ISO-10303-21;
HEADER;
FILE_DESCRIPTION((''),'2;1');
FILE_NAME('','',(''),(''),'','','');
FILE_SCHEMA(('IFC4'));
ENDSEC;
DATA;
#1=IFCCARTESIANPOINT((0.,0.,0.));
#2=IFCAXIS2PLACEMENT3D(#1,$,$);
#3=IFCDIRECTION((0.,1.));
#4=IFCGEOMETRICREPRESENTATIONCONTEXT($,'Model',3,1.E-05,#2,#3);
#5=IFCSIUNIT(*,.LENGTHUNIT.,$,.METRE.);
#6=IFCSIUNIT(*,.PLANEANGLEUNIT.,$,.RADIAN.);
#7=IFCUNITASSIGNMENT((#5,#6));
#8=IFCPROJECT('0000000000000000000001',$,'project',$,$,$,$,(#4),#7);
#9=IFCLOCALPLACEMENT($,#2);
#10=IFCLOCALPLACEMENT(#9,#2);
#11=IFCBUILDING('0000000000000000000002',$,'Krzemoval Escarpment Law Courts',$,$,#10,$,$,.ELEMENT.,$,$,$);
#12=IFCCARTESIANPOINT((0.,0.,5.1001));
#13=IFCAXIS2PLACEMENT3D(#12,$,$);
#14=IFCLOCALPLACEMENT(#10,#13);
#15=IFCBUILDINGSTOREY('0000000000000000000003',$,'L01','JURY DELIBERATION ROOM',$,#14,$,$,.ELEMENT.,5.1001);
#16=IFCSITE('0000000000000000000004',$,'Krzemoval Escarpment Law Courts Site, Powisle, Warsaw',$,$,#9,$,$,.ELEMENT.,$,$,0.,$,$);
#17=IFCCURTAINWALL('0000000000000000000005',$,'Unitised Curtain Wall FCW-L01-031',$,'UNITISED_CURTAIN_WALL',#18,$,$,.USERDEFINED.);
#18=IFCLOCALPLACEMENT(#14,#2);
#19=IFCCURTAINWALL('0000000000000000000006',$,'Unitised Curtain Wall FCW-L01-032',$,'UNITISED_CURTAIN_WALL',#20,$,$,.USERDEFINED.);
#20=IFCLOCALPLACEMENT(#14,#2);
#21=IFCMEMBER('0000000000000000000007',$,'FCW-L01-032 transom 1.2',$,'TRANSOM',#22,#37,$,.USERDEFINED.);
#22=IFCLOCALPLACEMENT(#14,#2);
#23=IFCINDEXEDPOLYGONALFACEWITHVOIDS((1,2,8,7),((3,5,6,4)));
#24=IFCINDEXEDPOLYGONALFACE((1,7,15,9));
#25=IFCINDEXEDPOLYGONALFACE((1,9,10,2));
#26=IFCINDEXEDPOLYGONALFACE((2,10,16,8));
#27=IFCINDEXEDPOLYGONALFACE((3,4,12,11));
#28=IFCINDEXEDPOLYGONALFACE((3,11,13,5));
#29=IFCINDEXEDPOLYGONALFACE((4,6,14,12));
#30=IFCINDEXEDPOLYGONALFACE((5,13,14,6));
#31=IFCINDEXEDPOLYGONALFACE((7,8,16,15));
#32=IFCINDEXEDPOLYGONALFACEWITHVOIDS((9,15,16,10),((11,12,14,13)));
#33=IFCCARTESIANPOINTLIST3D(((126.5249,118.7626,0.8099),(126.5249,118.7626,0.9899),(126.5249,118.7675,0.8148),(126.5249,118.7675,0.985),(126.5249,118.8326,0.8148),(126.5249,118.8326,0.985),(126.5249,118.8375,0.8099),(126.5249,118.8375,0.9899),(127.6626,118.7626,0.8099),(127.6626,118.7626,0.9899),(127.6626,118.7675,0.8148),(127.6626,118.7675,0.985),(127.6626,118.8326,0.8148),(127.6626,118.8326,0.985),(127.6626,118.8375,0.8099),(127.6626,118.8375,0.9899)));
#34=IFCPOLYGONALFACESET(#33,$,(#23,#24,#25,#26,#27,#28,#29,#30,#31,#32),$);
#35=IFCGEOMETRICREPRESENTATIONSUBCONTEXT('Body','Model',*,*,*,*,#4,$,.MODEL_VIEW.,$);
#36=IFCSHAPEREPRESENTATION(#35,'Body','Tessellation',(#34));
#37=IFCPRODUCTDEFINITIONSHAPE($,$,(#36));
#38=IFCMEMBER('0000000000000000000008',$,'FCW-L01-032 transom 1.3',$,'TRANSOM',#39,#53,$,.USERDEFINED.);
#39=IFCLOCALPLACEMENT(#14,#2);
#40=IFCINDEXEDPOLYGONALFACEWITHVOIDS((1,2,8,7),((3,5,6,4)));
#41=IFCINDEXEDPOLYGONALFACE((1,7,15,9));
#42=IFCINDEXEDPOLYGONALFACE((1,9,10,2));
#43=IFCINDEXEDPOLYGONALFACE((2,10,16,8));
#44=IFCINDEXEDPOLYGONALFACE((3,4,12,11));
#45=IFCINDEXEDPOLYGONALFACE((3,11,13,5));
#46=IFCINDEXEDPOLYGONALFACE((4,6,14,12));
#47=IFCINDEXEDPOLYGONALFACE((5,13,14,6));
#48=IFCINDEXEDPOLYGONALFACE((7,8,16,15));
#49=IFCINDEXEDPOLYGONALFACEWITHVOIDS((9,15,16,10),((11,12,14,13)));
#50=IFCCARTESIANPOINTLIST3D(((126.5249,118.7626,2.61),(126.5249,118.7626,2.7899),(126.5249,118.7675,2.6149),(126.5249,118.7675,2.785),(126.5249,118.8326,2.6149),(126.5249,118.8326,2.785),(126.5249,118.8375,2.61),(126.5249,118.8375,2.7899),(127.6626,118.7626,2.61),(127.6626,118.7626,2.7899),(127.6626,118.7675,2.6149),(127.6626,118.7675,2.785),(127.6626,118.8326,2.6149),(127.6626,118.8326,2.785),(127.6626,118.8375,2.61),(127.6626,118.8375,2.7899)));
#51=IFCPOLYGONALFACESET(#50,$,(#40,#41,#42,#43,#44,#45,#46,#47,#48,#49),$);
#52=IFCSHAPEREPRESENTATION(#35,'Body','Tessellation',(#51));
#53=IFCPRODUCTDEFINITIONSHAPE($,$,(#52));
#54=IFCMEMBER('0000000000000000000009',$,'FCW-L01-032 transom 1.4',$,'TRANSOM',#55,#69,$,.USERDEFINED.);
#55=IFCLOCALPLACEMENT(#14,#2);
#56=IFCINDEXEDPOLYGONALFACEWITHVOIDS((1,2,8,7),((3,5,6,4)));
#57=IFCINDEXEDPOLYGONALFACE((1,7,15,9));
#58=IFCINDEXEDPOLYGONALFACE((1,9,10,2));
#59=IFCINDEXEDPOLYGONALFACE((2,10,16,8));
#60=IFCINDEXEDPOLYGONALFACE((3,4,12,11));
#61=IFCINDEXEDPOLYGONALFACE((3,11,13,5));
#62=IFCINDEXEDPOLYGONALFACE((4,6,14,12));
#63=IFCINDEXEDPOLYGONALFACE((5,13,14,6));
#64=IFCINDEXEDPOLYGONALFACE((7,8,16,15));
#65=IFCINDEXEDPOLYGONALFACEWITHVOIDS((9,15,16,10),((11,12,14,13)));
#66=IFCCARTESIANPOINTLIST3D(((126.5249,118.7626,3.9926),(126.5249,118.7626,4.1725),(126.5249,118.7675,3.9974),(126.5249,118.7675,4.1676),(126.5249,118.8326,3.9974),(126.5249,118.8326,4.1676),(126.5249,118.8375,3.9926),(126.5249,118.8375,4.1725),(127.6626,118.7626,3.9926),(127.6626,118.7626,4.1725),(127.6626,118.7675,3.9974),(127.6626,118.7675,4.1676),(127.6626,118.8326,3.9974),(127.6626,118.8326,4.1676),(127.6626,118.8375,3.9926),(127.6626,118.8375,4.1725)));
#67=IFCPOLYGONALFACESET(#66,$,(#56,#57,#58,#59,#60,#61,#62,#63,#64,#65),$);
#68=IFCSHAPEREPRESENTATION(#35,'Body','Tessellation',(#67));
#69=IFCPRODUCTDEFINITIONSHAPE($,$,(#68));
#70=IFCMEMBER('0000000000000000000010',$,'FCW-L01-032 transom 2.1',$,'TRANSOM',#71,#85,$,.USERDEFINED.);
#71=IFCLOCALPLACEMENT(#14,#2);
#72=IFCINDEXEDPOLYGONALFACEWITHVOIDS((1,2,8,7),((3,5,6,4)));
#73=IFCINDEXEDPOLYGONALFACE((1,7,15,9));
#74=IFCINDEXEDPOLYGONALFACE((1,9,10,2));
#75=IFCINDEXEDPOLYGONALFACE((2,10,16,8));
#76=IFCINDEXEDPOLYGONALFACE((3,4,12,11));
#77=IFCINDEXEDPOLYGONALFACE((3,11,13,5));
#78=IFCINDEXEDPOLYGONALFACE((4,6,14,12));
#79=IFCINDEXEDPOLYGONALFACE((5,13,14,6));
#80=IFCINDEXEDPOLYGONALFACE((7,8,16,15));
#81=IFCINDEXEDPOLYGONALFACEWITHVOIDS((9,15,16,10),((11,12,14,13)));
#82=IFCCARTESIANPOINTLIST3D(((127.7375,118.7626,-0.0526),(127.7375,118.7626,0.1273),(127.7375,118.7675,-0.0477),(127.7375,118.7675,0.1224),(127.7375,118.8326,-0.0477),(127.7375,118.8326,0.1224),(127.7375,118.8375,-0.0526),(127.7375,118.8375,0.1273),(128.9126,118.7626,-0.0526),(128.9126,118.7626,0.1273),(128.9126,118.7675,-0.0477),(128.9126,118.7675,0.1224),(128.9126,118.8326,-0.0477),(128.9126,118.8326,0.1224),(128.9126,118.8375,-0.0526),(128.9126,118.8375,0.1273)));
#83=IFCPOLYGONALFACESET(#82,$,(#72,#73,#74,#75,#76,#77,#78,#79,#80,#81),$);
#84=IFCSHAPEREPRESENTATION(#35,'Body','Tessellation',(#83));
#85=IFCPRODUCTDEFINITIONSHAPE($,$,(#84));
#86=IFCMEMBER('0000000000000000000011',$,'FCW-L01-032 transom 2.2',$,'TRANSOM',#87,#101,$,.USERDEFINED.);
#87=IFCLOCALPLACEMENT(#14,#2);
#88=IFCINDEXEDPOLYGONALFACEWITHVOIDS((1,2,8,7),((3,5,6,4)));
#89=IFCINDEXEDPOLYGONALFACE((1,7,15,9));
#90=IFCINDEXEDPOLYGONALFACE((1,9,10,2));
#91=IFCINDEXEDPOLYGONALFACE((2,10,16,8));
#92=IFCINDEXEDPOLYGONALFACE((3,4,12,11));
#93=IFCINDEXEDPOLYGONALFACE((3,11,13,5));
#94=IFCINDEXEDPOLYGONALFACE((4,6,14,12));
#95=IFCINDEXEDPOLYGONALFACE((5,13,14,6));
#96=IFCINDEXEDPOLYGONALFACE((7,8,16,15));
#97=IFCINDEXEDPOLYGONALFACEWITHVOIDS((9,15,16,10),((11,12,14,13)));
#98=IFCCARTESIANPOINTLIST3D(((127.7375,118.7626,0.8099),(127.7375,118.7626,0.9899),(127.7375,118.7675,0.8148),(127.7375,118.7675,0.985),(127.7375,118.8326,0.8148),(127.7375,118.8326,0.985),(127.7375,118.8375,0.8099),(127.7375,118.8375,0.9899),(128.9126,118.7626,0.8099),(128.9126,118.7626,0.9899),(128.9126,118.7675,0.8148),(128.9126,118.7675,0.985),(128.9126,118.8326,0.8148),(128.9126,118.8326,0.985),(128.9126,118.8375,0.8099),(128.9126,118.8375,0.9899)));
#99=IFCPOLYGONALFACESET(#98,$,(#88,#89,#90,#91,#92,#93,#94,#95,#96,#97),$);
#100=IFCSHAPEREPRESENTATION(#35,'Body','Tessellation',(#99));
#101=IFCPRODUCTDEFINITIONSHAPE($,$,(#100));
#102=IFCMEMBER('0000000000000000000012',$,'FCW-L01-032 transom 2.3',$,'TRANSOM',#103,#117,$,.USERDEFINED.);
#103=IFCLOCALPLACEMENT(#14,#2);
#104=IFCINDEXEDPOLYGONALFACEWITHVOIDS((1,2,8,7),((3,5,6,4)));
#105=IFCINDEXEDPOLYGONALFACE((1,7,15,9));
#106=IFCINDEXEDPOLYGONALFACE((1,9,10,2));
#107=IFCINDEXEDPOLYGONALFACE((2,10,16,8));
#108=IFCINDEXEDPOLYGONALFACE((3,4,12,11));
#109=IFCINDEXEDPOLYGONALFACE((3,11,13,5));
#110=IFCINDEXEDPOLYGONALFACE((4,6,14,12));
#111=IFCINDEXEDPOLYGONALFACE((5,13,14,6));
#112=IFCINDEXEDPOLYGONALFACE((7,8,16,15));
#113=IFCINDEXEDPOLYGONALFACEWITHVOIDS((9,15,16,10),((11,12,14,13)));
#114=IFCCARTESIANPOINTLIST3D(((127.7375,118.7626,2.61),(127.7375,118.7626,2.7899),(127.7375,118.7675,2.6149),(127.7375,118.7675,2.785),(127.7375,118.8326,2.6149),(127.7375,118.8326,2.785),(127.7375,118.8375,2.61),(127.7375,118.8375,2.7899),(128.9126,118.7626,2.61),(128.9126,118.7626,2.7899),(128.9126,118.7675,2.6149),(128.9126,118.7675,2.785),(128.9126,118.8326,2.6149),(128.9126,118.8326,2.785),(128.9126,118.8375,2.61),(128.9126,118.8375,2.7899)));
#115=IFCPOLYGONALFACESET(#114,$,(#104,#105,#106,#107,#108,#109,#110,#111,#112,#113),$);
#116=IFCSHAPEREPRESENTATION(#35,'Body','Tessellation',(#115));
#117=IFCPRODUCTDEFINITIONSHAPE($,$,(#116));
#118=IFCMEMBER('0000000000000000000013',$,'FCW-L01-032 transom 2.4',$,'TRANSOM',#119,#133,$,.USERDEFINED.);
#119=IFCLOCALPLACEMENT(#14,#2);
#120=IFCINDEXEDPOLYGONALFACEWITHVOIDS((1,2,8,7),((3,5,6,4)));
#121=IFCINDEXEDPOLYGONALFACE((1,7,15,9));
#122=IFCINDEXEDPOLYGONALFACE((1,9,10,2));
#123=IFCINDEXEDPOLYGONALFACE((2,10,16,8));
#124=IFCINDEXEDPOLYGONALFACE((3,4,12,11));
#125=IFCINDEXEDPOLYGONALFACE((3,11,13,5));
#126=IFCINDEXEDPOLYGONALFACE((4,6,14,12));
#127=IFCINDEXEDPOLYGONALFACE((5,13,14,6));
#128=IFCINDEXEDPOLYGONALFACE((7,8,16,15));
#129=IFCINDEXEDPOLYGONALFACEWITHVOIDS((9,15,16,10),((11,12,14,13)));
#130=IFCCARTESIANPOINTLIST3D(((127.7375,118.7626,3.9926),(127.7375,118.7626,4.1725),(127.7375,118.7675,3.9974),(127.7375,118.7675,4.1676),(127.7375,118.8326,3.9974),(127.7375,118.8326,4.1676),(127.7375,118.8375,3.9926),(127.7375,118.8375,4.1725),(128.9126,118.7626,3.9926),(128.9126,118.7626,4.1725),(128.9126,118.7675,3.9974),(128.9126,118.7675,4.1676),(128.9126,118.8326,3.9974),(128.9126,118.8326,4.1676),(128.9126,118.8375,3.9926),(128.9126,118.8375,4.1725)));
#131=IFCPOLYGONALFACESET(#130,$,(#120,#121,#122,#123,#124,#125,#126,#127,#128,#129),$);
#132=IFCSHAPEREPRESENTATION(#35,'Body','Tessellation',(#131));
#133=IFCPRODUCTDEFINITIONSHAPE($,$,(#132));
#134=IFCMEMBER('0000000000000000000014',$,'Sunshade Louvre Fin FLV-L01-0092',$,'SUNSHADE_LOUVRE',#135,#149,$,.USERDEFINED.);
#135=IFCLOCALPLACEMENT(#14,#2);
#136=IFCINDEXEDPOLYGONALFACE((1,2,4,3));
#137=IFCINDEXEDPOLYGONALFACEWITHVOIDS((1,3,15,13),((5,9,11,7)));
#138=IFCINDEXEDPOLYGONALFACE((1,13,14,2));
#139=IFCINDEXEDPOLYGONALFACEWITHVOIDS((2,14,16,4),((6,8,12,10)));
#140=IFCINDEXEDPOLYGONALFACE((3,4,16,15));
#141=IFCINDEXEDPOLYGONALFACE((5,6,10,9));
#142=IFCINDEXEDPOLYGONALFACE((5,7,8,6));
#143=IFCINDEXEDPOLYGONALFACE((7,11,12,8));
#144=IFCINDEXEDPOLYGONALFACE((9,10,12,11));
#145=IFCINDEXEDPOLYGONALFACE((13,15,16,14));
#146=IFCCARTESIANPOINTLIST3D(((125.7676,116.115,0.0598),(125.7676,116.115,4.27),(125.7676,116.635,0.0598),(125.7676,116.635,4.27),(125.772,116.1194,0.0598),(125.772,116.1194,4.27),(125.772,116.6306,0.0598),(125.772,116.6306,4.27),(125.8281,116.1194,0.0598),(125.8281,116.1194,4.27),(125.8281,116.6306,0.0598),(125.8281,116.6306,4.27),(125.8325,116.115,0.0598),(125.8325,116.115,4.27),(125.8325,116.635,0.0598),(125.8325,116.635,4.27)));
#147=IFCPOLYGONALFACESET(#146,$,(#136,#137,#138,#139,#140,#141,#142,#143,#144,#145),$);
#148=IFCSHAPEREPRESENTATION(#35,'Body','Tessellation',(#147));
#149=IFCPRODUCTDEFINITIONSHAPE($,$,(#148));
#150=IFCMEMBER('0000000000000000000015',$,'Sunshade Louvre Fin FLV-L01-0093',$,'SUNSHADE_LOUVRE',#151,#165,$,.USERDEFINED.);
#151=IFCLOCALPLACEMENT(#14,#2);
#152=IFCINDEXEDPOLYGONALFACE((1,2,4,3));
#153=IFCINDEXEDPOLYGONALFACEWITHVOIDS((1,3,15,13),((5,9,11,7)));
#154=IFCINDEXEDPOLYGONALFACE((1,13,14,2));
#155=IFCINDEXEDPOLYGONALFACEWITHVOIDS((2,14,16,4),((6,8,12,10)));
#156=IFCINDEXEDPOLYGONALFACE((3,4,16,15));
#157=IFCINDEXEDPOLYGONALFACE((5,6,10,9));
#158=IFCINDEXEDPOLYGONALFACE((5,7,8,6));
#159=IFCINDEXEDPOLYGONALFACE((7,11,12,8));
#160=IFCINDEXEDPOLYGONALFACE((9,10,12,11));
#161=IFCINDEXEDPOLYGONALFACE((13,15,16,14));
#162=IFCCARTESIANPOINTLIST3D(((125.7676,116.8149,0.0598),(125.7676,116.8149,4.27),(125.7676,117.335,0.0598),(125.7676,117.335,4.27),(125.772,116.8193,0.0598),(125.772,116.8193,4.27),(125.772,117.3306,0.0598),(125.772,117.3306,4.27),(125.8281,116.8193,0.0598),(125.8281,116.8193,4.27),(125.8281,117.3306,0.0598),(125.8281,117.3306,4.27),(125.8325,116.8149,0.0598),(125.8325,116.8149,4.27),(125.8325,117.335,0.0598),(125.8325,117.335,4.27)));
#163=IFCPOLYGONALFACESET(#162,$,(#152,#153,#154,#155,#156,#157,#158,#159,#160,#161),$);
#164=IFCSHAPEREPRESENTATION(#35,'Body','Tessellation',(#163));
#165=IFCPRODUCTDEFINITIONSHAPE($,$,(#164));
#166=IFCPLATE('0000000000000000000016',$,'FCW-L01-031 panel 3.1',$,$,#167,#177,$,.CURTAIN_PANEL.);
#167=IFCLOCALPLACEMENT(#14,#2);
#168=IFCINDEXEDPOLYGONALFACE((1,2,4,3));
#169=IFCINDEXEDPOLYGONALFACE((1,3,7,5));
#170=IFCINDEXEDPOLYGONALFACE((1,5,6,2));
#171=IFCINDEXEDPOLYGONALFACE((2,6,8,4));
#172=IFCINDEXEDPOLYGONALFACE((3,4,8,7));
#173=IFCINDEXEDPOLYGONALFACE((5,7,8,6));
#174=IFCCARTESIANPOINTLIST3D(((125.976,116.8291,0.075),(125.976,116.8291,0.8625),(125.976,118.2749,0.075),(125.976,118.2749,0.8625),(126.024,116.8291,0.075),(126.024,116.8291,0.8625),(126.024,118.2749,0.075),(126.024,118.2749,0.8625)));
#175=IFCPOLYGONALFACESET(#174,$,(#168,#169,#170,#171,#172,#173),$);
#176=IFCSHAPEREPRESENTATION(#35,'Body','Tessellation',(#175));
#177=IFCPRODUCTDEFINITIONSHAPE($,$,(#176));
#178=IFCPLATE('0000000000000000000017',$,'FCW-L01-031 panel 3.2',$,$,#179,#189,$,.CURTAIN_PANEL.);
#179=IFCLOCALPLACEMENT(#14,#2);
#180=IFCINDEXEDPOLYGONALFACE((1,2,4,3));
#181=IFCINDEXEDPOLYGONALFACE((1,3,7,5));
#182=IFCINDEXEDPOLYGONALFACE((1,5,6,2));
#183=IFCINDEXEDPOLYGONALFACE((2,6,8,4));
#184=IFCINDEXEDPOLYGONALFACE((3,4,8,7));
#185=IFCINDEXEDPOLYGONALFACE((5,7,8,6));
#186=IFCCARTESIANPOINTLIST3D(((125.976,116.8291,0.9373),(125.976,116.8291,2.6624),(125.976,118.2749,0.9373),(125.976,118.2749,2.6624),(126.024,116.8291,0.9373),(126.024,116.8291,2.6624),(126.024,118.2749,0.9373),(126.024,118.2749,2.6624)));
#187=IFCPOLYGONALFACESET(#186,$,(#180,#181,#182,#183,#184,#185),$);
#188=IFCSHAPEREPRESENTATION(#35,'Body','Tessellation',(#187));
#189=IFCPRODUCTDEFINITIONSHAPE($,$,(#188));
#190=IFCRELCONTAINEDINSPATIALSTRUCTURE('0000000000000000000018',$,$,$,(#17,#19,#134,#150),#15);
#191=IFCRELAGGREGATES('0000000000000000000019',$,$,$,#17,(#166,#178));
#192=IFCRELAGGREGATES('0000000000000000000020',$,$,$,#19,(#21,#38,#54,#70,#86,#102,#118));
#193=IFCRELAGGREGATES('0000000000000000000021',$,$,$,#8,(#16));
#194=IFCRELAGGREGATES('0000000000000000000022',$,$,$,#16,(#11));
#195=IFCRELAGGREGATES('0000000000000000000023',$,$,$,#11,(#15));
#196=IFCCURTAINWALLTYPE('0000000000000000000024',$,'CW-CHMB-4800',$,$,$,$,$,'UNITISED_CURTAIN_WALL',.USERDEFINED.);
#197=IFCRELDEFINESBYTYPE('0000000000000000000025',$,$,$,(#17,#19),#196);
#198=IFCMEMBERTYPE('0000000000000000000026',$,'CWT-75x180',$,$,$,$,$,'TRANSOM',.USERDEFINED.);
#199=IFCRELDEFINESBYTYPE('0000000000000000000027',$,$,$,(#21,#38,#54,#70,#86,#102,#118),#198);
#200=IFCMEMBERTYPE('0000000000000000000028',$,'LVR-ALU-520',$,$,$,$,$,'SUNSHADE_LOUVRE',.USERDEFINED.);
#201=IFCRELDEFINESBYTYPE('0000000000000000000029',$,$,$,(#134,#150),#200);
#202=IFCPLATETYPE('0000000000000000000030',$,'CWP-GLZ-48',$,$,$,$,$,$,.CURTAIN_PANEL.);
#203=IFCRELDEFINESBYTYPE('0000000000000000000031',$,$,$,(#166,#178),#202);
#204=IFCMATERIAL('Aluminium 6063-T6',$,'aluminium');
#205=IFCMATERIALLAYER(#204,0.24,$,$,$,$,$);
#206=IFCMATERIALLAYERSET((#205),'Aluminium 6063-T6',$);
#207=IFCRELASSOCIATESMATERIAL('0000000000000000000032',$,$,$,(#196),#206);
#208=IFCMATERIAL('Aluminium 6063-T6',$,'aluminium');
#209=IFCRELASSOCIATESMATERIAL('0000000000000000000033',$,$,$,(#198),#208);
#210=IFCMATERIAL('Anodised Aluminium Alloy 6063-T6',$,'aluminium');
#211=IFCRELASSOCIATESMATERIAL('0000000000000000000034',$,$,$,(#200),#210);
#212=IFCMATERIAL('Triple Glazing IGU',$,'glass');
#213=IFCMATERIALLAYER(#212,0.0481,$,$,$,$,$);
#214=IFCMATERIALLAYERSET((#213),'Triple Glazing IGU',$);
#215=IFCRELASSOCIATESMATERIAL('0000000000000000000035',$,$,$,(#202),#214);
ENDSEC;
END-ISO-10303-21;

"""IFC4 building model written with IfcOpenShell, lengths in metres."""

from ifc_helpers import new_model, si_unit, direction, frame, origin, origin_2d, place, context, subcontext, project, spatial, rectangle, hollow_rectangle, extrude, material, layer, layer_set, material_profile, profile_set, type_object, element, aggregate, save


model = new_model("IFC4")

# Units and contexts
model_context = context("Model", 3, precision=1e-05, world=origin(), true_north=direction((0.0, 1.0)))
body_context = subcontext(model_context, "Body", "Model", "MODEL_VIEW")
ifc_project = project(units=[si_unit("LENGTHUNIT", "METRE"), si_unit("PLANEANGLEUNIT", "RADIAN")], contexts=[model_context])

# Site, building, storey
site_placement = place(None, origin())
site = spatial("IfcSite", under=ifc_project, at=site_placement, Name="Krzemoval Escarpment Law Courts Site, Powisle, Warsaw", CompositionType="ELEMENT", RefElevation=0.0)
building_placement = place(site_placement, origin())
building = spatial("IfcBuilding", under=site, at=building_placement, Name="Krzemoval Escarpment Law Courts", CompositionType="ELEMENT")
storey_placement = place(building_placement, frame((0.0, 0.0, 5.1001)))
storey = spatial("IfcBuildingStorey", under=building, at=storey_placement, Name="L01", Description="JURY DELIBERATION ROOM", CompositionType="ELEMENT", Elevation=5.1001)

# Curtain walls
ifc_material_1 = material(Name="Aluminium 6063-T6", Category="aluminium")
ifc_layer_1 = layer(ifc_material_1, 0.24)
ifc_layer_set_1 = layer_set([ifc_layer_1], Name="Aluminium 6063-T6")
curtain_wall_type = type_object("IfcCurtainWallType", Name="CW-CHMB-4800", ElementType="UNITISED_CURTAIN_WALL", PredefinedType="USERDEFINED", material=ifc_layer_set_1)
curtain_wall_1_placement = place(storey_placement, origin())
curtain_wall_1 = element("IfcCurtainWall", 1, at=curtain_wall_1_placement, inside=storey, type_object=curtain_wall_type, Name="Unitised Curtain Wall FCW-L01-031", ObjectType="UNITISED_CURTAIN_WALL", PredefinedType="USERDEFINED")
curtain_wall_2_placement = place(storey_placement, origin())
curtain_wall_2 = element("IfcCurtainWall", 2, at=curtain_wall_2_placement, inside=storey, type_object=curtain_wall_type, Name="Unitised Curtain Wall FCW-L01-032", ObjectType="UNITISED_CURTAIN_WALL", PredefinedType="USERDEFINED")

# Members
ifc_material_2 = material(Name="Aluminium 6063-T6", Category="aluminium")
ifc_material_profile_1 = material_profile(ifc_material_2, hollow_rectangle(XDim=0.075, YDim=0.1799, WallThickness=0.0049, at=origin_2d()), Name="ALU T75x180")
ifc_profile_set_1 = profile_set([ifc_material_profile_1], Name="Aluminium 6063-T6")
member_type_1 = type_object("IfcMemberType", Name="CWT-75x180", ElementType="TRANSOM", PredefinedType="USERDEFINED", material=ifc_profile_set_1)
member_1_placement = place(storey_placement, frame((126.5249, 118.8, 0.8999), z_axis=(1.0, 0.0, 0.0), x_axis=(0.0, 1.0, 0.0)))
member_1 = element("IfcMember", 3, at=member_1_placement, type_object=member_type_1, Name="FCW-L01-032 transom 1.2", ObjectType="TRANSOM", PredefinedType="USERDEFINED", context=body_context, shape_type="SweptSolid", body=[
    extrude(hollow_rectangle(XDim=0.075, YDim=0.1799, WallThickness=0.0049, at=origin_2d()), origin(), (0.0, 0.0, 1.0), 1.1377),
])
member_2_placement = place(storey_placement, frame((126.5249, 118.8, 2.7), z_axis=(1.0, 0.0, 0.0), x_axis=(0.0, 1.0, 0.0)))
member_2 = element("IfcMember", 4, at=member_2_placement, type_object=member_type_1, Name="FCW-L01-032 transom 1.3", ObjectType="TRANSOM", PredefinedType="USERDEFINED", context=body_context, shape_type="SweptSolid", body=[
    extrude(hollow_rectangle(XDim=0.075, YDim=0.1799, WallThickness=0.0049, at=origin_2d()), origin(), (0.0, 0.0, 1.0), 1.1377),
])
member_3_placement = place(storey_placement, frame((126.5249, 118.8, 4.0825), z_axis=(1.0, 0.0, 0.0), x_axis=(0.0, 1.0, 0.0)))
member_3 = element("IfcMember", 5, at=member_3_placement, type_object=member_type_1, Name="FCW-L01-032 transom 1.4", ObjectType="TRANSOM", PredefinedType="USERDEFINED", context=body_context, shape_type="SweptSolid", body=[
    extrude(hollow_rectangle(XDim=0.075, YDim=0.1799, WallThickness=0.0049, at=origin_2d()), origin(), (0.0, 0.0, 1.0), 1.1377),
])
member_4_placement = place(storey_placement, frame((127.7375, 118.8, 0.0374), z_axis=(1.0, 0.0, 0.0), x_axis=(0.0, 1.0, 0.0)))
member_4 = element("IfcMember", 6, at=member_4_placement, type_object=member_type_1, Name="FCW-L01-032 transom 2.1", ObjectType="TRANSOM", PredefinedType="USERDEFINED", context=body_context, shape_type="SweptSolid", body=[
    extrude(hollow_rectangle(XDim=0.075, YDim=0.1799, WallThickness=0.0049, at=origin_2d()), origin(), (0.0, 0.0, 1.0), 1.175),
])
member_5_placement = place(storey_placement, frame((127.7375, 118.8, 0.8999), z_axis=(1.0, 0.0, 0.0), x_axis=(0.0, 1.0, 0.0)))
member_5 = element("IfcMember", 7, at=member_5_placement, type_object=member_type_1, Name="FCW-L01-032 transom 2.2", ObjectType="TRANSOM", PredefinedType="USERDEFINED", context=body_context, shape_type="SweptSolid", body=[
    extrude(hollow_rectangle(XDim=0.075, YDim=0.1799, WallThickness=0.0049, at=origin_2d()), origin(), (0.0, 0.0, 1.0), 1.175),
])
member_6_placement = place(storey_placement, frame((127.7375, 118.8, 2.7), z_axis=(1.0, 0.0, 0.0), x_axis=(0.0, 1.0, 0.0)))
member_6 = element("IfcMember", 8, at=member_6_placement, type_object=member_type_1, Name="FCW-L01-032 transom 2.3", ObjectType="TRANSOM", PredefinedType="USERDEFINED", context=body_context, shape_type="SweptSolid", body=[
    extrude(hollow_rectangle(XDim=0.075, YDim=0.1799, WallThickness=0.0049, at=origin_2d()), origin(), (0.0, 0.0, 1.0), 1.175),
])
member_7_placement = place(storey_placement, frame((127.7375, 118.8, 4.0825), z_axis=(1.0, 0.0, 0.0), x_axis=(0.0, 1.0, 0.0)))
member_7 = element("IfcMember", 9, at=member_7_placement, type_object=member_type_1, Name="FCW-L01-032 transom 2.4", ObjectType="TRANSOM", PredefinedType="USERDEFINED", context=body_context, shape_type="SweptSolid", body=[
    extrude(hollow_rectangle(XDim=0.075, YDim=0.1799, WallThickness=0.0049, at=origin_2d()), origin(), (0.0, 0.0, 1.0), 1.175),
])

# Members
ifc_material_3 = material(Name="Anodised Aluminium Alloy 6063-T6", Category="aluminium")
ifc_material_profile_2 = material_profile(ifc_material_3, hollow_rectangle(XDim=0.0649, YDim=0.52, WallThickness=0.0044, at=origin_2d()), Name="ALU LVR 65x520")
ifc_profile_set_2 = profile_set([ifc_material_profile_2], Name="Anodised Aluminium Alloy 6063-T6")
member_type_2 = type_object("IfcMemberType", Name="LVR-ALU-520", ElementType="SUNSHADE_LOUVRE", PredefinedType="USERDEFINED", material=ifc_profile_set_2)
for number, where, z_axis, x_axis, name in (
    (10, (125.8, 116.375, 0.0598), (0.0, 0.0, 1.0), (1.0, 0.0, 0.0), "Sunshade Louvre Fin FLV-L01-0092"),
    (11, (125.8, 117.075, 0.0598), (0.0, 0.0, 1.0), (1.0, 0.0, 0.0), "Sunshade Louvre Fin FLV-L01-0093"),
):
    element("IfcMember", number, at=place(storey_placement, frame(where, z_axis=z_axis, x_axis=x_axis)), inside=storey, type_object=member_type_2, Name=name, ObjectType="SUNSHADE_LOUVRE", PredefinedType="USERDEFINED", context=body_context, shape_type="SweptSolid", body=[
        extrude(hollow_rectangle(XDim=0.0649, YDim=0.52, WallThickness=0.0044, at=origin_2d()), origin(), (0.0, 0.0, 1.0), 4.2102),
    ])

# Plates
ifc_material_4 = material(Name="Triple Glazing IGU", Category="glass")
ifc_layer_2 = layer(ifc_material_4, 0.0481)
ifc_layer_set_2 = layer_set([ifc_layer_2], Name="Triple Glazing IGU")
plate_type = type_object("IfcPlateType", Name="CWP-GLZ-48", PredefinedType="CURTAIN_PANEL", material=ifc_layer_set_2)
plate_1_placement = place(storey_placement, frame((126.0, 117.552, 0.075), z_axis=(0.0, 0.0, 1.0), x_axis=(0.0, 1.0, 0.0)))
plate_1 = element("IfcPlate", 12, at=plate_1_placement, type_object=plate_type, Name="FCW-L01-031 panel 3.1", PredefinedType="CURTAIN_PANEL", context=body_context, shape_type="SweptSolid", body=[
    extrude(rectangle(XDim=1.4458, YDim=0.0481, at=origin_2d()), origin(), (0.0, 0.0, 1.0), 0.7876),
])
plate_2_placement = place(storey_placement, frame((126.0, 117.552, 0.9373), z_axis=(0.0, 0.0, 1.0), x_axis=(0.0, 1.0, 0.0)))
plate_2 = element("IfcPlate", 13, at=plate_2_placement, type_object=plate_type, Name="FCW-L01-031 panel 3.2", PredefinedType="CURTAIN_PANEL", context=body_context, shape_type="SweptSolid", body=[
    extrude(rectangle(XDim=1.4458, YDim=0.0481, at=origin_2d()), origin(), (0.0, 0.0, 1.0), 1.7251),
])
aggregate(curtain_wall_1, [plate_1, plate_2])
aggregate(curtain_wall_2, [member_1, member_2, member_3, member_4, member_5, member_6, member_7])

save(model, "model.ifc")
